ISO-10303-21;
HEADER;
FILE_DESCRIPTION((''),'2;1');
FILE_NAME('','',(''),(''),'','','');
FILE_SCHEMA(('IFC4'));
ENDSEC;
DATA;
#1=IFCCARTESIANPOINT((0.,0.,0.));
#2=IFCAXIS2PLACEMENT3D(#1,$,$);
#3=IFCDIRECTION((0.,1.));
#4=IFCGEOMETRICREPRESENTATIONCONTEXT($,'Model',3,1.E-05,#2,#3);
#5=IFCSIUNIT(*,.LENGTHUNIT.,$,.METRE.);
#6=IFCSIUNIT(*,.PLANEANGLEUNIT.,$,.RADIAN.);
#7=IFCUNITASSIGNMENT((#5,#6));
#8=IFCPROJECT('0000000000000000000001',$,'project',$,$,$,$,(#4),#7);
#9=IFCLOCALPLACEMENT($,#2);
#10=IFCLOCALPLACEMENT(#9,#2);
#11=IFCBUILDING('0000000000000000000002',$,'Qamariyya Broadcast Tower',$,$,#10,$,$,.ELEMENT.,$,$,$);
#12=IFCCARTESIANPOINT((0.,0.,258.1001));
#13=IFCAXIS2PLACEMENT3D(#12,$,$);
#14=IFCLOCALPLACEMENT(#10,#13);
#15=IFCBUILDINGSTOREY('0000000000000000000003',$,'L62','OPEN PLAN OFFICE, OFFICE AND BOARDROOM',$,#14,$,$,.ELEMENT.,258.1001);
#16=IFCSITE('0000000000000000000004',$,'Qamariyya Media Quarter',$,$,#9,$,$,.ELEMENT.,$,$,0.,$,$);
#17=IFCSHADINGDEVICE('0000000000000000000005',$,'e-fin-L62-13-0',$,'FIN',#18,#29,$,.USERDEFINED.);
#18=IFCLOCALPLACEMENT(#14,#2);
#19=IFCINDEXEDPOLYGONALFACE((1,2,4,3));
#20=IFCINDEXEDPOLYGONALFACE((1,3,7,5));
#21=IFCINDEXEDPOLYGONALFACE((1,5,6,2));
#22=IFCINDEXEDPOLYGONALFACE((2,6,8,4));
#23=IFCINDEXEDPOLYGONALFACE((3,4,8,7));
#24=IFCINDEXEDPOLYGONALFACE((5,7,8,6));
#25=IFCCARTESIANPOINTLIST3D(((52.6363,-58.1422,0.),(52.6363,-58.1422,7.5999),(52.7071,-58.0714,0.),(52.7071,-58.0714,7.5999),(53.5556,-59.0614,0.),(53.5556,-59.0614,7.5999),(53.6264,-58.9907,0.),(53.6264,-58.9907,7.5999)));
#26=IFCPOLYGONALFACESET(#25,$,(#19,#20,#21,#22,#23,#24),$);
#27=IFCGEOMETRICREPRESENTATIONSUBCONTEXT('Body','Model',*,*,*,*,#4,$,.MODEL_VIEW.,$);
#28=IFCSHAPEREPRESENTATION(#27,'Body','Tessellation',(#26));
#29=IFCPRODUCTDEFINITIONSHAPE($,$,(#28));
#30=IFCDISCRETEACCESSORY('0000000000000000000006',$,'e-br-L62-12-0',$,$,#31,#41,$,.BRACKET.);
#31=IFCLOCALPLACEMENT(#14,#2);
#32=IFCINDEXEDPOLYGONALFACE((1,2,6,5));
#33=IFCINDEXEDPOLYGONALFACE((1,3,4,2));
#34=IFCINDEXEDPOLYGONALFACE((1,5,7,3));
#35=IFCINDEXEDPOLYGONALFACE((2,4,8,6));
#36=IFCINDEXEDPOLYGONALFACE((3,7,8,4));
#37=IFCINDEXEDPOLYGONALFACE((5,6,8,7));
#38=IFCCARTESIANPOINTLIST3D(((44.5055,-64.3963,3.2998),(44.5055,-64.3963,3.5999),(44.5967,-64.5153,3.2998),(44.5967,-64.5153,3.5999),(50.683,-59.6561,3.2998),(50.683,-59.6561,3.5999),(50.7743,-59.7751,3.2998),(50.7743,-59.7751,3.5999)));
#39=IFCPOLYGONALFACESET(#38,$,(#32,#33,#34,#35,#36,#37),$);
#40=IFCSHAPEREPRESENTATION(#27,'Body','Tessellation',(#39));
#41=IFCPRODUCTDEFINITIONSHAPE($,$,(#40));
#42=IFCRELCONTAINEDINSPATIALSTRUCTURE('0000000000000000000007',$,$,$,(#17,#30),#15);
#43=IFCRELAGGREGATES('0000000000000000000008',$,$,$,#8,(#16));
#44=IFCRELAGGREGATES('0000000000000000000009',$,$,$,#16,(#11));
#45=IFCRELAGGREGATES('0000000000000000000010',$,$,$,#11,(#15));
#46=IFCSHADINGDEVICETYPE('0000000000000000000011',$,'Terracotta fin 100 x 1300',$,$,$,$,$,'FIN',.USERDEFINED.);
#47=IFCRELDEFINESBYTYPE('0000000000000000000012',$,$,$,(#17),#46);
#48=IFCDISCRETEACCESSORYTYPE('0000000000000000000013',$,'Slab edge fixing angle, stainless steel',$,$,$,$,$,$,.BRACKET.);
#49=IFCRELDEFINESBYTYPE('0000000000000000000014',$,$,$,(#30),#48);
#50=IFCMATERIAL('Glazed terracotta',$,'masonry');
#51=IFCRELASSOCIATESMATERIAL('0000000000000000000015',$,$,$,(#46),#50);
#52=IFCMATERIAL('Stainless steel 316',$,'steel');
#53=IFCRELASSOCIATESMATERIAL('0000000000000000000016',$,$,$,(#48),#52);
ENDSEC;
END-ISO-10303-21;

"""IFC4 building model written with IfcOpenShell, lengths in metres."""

from ifc_helpers import new_model, si_unit, direction, frame, origin, origin_2d, place, context, subcontext, project, spatial, rectangle, extrude, material, material_profile, profile_set, type_object, element, save


model = new_model("IFC4")

# Units and contexts
model_context = context("Model", 3, precision=1e-05, world=origin(), true_north=direction((0.0, 1.0)))
body_context = subcontext(model_context, "Body", "Model", "MODEL_VIEW")
ifc_project = project(units=[si_unit("LENGTHUNIT", "METRE"), si_unit("PLANEANGLEUNIT", "RADIAN")], contexts=[model_context])

# Site, building, storey
site_placement = place(None, origin())
site = spatial("IfcSite", under=ifc_project, at=site_placement, Name="Qamariyya Media Quarter", CompositionType="ELEMENT", RefElevation=0.0)
building_placement = place(site_placement, origin())
building = spatial("IfcBuilding", under=site, at=building_placement, Name="Qamariyya Broadcast Tower", CompositionType="ELEMENT")
storey_placement = place(building_placement, frame((0.0, 0.0, 258.1001)))
storey = spatial("IfcBuildingStorey", under=building, at=storey_placement, Name="L62", Description="OPEN PLAN OFFICE, OFFICE AND BOARDROOM", CompositionType="ELEMENT", Elevation=258.1001)

# Shading device
ifc_material_1 = material(Name="Glazed terracotta", Category="masonry")
ifc_material_profile_1 = material_profile(ifc_material_1, rectangle(XDim=1.3, YDim=0.1001, at=origin_2d()))
ifc_profile_set_1 = profile_set([ifc_material_profile_1], Name="Glazed terracotta")
shading_device_type_1 = type_object("IfcShadingDeviceType", Name="Terracotta fin 100 x 1300", ElementType="FIN", PredefinedType="USERDEFINED", material=ifc_profile_set_1)
for number, where, z_axis, x_axis, name in (
    (1, (53.1313, -58.5664, 0.0), (0.0, 0.0, 1.0), (0.707107, -0.707107, 0.0), "e-fin-L62-13-0"),
):
    element("IfcShadingDevice", number, at=place(storey_placement, frame(where, z_axis=z_axis, x_axis=x_axis)), inside=storey, type_object=shading_device_type_1, Name=name, ObjectType="FIN", PredefinedType="USERDEFINED", context=body_context, shape_type="SweptSolid", body=[
        extrude(rectangle(XDim=1.3, YDim=0.1001, at=origin_2d()), origin(), (0.0, 0.0, 1.0), 7.5999),
    ])

# Discrete accessory
ifc_material_2 = material(Name="Stainless steel 316", Category="steel")
discrete_accessory_type = type_object("IfcDiscreteAccessoryType", Name="Slab edge fixing angle, stainless steel", PredefinedType="BRACKET", material=ifc_material_2)
discrete_accessory_placement = place(storey_placement, frame((47.6399, -62.0857, 3.2998), z_axis=(0.0, 0.0, 1.0), x_axis=(0.793353, 0.608761, 0.0)))
element("IfcDiscreteAccessory", 2, at=discrete_accessory_placement, inside=storey, type_object=discrete_accessory_type, Name="e-br-L62-12-0", PredefinedType="BRACKET", context=body_context, shape_type="SweptSolid", body=[
    extrude(rectangle(XDim=7.7866, YDim=0.1499, at=origin_2d()), origin(), (0.0, 0.0, 1.0), 0.3),
])

save(model, "model.ifc")
